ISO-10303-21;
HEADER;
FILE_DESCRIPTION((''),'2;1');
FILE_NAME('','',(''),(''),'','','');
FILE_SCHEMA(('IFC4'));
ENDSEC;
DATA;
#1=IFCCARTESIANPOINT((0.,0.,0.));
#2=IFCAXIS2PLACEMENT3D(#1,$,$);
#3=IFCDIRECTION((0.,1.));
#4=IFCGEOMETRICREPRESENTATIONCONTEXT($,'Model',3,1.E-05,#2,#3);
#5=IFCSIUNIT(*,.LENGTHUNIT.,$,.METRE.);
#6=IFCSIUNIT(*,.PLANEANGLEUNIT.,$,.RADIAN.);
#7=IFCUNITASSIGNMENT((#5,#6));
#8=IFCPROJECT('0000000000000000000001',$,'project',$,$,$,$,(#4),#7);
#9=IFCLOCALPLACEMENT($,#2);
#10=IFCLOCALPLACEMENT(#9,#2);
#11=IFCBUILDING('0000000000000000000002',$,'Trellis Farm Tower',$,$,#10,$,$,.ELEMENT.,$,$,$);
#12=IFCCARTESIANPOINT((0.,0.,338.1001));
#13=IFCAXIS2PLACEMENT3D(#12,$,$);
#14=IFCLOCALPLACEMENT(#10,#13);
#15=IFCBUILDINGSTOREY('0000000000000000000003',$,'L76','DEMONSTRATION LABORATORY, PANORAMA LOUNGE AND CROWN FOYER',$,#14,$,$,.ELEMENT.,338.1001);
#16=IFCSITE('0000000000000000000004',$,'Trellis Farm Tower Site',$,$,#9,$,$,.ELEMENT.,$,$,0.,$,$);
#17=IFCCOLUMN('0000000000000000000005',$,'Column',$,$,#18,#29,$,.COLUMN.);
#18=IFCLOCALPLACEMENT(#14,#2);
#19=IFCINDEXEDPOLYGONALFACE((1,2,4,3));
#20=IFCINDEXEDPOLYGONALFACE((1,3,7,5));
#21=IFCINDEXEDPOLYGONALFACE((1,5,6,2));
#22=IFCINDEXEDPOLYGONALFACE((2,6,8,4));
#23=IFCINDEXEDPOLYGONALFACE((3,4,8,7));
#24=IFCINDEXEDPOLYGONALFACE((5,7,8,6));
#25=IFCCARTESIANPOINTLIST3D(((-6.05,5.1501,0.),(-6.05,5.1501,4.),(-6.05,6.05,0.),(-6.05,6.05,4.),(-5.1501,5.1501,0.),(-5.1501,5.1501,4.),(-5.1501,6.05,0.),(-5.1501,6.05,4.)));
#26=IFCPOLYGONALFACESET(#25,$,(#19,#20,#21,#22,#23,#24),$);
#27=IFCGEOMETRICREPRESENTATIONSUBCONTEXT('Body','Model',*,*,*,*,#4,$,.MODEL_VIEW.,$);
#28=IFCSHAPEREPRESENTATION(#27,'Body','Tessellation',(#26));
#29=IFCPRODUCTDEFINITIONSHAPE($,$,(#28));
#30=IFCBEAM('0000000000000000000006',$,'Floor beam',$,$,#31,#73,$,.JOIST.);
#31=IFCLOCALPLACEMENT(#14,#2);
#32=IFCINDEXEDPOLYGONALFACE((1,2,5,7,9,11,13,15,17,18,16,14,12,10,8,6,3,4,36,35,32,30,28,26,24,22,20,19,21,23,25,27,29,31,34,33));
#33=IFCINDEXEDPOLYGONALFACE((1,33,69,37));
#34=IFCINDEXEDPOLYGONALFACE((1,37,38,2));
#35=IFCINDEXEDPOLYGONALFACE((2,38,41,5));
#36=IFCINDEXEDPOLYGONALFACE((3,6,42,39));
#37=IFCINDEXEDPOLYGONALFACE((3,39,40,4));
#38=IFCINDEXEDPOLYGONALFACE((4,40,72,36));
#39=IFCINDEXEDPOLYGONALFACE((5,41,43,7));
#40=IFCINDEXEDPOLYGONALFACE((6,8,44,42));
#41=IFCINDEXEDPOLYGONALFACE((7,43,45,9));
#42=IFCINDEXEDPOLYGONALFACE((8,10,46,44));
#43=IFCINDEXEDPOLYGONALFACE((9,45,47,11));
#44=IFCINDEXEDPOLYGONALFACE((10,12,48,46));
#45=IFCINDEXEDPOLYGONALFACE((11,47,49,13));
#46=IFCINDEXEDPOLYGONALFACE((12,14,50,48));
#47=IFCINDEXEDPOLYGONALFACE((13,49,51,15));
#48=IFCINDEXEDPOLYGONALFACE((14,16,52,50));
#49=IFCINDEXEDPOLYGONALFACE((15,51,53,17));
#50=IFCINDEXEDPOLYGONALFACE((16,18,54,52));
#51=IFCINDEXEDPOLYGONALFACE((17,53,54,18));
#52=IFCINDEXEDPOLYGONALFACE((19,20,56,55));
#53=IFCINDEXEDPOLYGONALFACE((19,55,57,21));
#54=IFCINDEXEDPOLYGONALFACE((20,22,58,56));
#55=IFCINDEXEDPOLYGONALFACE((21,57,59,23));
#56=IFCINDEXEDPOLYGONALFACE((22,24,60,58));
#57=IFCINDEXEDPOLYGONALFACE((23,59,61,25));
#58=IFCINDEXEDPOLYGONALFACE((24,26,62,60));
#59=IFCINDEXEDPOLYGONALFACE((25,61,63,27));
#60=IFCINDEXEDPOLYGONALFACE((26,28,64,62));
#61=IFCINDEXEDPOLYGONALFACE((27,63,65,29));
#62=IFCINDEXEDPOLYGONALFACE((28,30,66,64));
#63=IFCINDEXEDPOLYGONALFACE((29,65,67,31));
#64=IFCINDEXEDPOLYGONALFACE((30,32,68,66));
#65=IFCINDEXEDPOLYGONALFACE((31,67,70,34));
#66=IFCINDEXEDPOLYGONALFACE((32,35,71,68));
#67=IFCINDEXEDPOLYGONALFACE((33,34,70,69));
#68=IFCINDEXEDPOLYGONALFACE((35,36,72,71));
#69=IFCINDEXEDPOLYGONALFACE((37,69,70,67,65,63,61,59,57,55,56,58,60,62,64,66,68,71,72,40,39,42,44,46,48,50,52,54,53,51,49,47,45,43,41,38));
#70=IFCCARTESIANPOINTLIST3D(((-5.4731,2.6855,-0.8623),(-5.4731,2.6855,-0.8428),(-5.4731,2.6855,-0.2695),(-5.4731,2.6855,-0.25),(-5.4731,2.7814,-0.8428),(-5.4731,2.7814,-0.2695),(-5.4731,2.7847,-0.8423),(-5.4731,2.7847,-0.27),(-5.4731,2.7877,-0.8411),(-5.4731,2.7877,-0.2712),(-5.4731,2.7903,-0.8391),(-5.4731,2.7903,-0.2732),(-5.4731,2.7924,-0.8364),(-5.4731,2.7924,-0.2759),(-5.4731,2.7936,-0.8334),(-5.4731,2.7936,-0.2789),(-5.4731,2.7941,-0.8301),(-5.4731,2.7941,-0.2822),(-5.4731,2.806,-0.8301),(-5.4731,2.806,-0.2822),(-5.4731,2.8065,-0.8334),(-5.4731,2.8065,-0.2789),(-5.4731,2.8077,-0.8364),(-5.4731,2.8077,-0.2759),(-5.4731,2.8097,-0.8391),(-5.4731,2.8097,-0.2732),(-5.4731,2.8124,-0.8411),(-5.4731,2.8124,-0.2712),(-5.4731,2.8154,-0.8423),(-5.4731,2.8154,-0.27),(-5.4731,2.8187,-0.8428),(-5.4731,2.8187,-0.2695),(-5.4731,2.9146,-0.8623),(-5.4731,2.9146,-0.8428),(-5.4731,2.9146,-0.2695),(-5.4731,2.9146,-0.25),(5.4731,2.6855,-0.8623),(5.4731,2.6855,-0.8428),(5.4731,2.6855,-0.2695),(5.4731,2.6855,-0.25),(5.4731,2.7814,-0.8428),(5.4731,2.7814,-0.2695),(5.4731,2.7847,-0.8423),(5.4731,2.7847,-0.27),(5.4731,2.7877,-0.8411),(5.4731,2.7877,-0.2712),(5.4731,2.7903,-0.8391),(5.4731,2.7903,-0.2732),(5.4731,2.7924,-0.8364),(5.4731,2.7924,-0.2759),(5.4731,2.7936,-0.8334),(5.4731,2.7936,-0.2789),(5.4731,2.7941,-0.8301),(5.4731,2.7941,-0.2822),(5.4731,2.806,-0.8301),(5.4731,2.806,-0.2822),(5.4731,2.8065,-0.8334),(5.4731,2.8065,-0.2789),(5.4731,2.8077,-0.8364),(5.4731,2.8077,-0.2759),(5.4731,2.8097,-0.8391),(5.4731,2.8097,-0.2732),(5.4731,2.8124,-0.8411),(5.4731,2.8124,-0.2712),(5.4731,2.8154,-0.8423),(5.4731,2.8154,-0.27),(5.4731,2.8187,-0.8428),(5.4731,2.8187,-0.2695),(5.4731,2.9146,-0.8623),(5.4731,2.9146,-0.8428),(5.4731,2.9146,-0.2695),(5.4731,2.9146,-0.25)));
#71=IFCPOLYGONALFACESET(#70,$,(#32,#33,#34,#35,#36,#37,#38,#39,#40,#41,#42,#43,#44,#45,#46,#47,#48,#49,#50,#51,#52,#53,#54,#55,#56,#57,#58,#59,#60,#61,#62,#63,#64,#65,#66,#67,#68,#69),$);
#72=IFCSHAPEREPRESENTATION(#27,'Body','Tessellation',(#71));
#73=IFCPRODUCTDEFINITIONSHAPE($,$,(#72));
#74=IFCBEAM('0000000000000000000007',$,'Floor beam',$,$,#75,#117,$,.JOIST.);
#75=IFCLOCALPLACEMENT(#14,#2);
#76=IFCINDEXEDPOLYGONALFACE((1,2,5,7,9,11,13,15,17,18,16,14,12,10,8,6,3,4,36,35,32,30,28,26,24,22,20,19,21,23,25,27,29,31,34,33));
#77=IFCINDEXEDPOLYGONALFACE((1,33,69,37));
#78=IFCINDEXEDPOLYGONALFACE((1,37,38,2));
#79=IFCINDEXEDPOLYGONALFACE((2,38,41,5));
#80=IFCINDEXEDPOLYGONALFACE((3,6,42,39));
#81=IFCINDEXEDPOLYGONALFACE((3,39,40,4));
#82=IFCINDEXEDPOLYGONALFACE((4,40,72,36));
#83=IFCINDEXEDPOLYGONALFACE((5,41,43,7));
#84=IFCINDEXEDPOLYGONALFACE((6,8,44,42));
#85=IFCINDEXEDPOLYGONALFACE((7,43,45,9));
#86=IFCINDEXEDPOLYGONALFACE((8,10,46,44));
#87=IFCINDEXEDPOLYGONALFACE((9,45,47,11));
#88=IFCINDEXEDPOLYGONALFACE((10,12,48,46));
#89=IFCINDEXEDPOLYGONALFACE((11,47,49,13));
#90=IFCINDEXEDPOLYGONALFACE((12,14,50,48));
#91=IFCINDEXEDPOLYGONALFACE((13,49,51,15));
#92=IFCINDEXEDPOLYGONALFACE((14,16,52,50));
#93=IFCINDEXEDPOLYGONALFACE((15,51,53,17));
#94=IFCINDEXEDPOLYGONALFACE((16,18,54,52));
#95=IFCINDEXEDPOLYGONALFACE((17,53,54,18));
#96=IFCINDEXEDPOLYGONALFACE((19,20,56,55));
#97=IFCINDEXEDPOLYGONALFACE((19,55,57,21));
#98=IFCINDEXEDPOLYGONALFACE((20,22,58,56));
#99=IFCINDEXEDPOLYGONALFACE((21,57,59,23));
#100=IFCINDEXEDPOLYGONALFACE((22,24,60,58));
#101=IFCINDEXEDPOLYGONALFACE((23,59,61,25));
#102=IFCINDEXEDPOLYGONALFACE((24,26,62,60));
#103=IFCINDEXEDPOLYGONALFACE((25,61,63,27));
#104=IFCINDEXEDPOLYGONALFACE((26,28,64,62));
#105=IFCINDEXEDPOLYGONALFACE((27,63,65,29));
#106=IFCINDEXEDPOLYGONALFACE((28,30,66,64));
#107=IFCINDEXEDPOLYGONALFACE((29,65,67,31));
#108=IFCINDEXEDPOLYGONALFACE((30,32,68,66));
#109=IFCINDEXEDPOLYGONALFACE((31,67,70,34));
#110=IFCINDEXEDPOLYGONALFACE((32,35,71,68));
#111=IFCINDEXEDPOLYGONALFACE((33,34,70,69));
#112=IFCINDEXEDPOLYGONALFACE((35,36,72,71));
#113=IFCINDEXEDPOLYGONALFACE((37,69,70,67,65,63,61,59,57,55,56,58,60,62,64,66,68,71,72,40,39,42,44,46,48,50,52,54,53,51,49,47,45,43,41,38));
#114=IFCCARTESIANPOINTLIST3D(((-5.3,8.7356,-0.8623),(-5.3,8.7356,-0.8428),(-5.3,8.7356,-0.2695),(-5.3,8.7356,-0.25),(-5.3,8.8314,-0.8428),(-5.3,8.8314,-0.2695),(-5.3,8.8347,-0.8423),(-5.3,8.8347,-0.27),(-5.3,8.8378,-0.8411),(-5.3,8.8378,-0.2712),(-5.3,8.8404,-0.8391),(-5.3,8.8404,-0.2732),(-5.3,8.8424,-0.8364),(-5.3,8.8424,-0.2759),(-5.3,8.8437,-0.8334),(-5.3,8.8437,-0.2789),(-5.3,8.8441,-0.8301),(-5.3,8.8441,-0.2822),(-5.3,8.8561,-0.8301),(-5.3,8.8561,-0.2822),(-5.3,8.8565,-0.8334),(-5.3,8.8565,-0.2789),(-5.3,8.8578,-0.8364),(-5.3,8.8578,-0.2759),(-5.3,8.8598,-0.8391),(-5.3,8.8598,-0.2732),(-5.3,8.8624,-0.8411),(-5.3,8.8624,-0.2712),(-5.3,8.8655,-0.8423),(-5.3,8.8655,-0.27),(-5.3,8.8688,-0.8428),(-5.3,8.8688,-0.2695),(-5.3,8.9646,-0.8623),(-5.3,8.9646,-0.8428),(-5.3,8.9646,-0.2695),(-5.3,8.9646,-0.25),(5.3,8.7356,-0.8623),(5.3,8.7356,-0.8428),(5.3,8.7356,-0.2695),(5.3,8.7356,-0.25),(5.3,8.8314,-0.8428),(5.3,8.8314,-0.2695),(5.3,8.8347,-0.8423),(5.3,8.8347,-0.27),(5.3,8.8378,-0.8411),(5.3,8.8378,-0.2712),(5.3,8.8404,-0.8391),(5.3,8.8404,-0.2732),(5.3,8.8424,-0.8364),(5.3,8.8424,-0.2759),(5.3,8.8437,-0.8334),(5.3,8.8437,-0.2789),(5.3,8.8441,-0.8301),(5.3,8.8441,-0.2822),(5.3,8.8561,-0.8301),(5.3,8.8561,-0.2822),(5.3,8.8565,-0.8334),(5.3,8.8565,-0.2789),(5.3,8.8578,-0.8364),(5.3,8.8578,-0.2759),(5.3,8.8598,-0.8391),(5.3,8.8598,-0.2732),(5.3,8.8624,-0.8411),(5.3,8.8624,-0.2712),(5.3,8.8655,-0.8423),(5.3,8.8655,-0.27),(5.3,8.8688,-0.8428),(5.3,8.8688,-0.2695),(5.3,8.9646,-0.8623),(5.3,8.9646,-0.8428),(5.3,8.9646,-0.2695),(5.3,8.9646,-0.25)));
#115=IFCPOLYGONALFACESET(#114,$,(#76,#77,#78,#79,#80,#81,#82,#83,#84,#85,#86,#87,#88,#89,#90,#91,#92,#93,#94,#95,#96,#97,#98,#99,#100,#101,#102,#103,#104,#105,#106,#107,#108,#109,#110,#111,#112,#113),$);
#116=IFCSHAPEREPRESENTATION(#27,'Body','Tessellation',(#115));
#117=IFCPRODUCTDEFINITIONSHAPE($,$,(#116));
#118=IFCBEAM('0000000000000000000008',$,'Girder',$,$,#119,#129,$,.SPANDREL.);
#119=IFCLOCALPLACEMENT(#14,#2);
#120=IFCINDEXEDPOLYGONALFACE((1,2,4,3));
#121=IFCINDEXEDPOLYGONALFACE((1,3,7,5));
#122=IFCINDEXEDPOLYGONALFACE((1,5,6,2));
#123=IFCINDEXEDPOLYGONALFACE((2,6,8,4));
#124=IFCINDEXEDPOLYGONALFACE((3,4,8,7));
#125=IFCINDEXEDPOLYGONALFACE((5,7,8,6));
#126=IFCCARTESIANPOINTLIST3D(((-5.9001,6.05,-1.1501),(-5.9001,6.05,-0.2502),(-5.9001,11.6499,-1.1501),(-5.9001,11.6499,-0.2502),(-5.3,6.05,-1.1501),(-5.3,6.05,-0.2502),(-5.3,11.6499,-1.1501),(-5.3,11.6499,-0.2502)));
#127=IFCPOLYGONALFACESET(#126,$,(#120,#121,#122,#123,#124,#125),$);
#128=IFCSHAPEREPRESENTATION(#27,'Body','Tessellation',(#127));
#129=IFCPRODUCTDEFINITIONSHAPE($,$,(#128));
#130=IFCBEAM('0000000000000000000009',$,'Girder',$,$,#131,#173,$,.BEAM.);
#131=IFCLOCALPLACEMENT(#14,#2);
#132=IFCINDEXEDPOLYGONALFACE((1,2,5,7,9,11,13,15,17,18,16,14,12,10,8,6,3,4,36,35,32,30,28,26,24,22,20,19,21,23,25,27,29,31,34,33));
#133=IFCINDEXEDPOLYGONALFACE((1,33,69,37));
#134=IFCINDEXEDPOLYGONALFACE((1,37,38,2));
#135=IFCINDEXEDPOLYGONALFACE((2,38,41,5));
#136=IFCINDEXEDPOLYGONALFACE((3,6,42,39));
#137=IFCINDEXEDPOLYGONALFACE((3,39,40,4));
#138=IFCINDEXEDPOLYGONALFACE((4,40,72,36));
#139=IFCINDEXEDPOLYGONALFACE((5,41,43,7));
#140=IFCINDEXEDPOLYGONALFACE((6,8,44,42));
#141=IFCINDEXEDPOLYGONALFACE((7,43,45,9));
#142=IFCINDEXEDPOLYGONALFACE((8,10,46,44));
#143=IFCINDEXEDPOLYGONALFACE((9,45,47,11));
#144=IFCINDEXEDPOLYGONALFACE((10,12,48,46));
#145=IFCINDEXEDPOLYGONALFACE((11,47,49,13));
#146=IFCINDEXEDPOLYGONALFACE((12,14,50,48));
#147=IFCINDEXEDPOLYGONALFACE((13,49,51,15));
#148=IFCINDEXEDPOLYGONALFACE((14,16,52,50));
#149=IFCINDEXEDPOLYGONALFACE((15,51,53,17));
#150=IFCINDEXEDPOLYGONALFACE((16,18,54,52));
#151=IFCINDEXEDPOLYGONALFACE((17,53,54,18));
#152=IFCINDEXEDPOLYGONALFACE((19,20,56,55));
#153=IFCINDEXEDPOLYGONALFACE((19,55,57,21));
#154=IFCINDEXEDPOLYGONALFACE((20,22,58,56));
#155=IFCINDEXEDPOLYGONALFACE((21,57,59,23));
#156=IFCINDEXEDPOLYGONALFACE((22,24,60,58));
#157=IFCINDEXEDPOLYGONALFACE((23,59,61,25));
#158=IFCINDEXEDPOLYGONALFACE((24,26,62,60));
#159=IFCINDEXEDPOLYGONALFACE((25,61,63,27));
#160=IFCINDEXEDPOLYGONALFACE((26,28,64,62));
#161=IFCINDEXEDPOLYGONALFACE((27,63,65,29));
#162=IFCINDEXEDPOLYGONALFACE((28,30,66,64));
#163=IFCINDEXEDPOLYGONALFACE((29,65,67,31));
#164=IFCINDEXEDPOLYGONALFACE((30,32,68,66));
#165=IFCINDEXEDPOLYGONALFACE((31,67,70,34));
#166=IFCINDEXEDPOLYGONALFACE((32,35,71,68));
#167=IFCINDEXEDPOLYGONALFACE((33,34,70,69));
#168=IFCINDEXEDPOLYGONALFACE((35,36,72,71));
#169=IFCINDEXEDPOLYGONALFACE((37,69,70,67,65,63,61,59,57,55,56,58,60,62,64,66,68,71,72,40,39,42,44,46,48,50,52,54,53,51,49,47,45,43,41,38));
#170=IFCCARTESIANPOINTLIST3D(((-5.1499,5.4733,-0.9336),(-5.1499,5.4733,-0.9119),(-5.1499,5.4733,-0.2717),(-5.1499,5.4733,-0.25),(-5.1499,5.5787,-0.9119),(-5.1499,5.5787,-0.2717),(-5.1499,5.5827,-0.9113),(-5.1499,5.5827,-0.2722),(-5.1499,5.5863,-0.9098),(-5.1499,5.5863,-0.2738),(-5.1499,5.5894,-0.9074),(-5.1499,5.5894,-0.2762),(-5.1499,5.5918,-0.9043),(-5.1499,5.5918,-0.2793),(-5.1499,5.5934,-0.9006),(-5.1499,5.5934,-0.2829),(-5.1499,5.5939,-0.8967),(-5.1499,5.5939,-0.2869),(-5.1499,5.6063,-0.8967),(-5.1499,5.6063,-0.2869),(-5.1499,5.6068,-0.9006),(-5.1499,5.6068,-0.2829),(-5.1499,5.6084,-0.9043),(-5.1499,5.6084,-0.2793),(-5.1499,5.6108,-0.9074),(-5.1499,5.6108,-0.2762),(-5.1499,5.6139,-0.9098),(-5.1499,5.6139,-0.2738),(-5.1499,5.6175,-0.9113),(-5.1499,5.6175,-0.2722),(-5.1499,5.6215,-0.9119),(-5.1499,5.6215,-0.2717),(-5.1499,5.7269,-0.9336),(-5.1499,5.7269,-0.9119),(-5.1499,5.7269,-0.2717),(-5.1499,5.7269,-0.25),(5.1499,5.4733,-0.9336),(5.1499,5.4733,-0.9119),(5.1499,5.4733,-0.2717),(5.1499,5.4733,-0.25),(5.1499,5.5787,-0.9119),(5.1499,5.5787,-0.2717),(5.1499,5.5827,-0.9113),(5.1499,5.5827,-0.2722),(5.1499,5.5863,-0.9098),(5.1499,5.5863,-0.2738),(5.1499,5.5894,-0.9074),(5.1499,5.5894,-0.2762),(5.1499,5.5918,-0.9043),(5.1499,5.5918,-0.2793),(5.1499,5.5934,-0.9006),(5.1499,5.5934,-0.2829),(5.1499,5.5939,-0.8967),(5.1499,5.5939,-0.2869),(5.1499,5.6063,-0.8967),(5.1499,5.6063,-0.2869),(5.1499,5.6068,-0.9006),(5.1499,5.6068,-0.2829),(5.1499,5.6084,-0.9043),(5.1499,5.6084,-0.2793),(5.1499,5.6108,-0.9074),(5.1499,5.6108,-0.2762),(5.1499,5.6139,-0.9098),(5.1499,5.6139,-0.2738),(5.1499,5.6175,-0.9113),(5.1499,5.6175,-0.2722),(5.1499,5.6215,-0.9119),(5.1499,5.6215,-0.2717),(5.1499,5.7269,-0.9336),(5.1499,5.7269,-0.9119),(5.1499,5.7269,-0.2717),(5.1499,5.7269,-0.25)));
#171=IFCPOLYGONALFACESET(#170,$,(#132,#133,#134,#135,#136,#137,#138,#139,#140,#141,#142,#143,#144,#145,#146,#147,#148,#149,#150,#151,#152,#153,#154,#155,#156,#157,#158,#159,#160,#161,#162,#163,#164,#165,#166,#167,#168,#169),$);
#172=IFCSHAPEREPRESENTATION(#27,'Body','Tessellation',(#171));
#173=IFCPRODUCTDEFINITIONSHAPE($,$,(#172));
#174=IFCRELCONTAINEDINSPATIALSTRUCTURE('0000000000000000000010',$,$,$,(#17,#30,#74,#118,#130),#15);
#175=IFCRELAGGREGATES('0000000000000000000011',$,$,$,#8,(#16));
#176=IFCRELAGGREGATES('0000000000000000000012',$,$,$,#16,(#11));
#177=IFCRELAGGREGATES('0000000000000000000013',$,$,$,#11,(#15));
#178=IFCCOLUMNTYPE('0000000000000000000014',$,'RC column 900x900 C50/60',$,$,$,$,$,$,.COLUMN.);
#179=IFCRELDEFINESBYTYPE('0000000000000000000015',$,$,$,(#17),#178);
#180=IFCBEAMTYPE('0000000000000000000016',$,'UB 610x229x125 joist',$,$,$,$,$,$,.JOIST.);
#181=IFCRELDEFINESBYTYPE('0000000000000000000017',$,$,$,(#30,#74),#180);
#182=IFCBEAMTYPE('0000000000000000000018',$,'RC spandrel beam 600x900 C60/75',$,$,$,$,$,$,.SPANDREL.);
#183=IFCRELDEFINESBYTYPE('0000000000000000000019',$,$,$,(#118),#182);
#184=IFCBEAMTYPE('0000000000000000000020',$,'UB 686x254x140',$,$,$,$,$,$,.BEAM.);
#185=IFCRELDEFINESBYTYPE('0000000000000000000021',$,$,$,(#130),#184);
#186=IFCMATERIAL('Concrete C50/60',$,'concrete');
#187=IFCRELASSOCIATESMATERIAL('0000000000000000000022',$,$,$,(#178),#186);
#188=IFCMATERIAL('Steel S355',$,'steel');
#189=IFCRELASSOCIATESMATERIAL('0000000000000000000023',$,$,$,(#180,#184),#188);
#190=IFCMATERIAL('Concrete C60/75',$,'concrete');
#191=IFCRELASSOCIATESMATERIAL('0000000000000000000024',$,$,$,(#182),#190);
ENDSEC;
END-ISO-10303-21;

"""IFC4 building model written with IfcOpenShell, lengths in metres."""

from ifc_helpers import new_model, si_unit, direction, frame, origin, origin_2d, place, context, subcontext, project, spatial, rectangle, i_section, extrude, source, transform, mapped, material, material_profile, profile_set, type_object, element, save


model = new_model("IFC4")

# Units and contexts
model_context = context("Model", 3, precision=1e-05, world=origin(), true_north=direction((0.0, 1.0)))
body_context = subcontext(model_context, "Body", "Model", "MODEL_VIEW")
ifc_project = project(units=[si_unit("LENGTHUNIT", "METRE"), si_unit("PLANEANGLEUNIT", "RADIAN")], contexts=[model_context])

# Site, building, storey
site_placement = place(None, origin())
site = spatial("IfcSite", under=ifc_project, at=site_placement, Name="Trellis Farm Tower Site", CompositionType="ELEMENT", RefElevation=0.0)
building_placement = place(site_placement, origin())
building = spatial("IfcBuilding", under=site, at=building_placement, Name="Trellis Farm Tower", CompositionType="ELEMENT")
storey_placement = place(building_placement, frame((0.0, 0.0, 338.1001)))
storey = spatial("IfcBuildingStorey", under=building, at=storey_placement, Name="L76", Description="DEMONSTRATION LABORATORY, PANORAMA LOUNGE AND CROWN FOYER", CompositionType="ELEMENT", Elevation=338.1001)

# Column
ifc_material_1 = material(Name="Concrete C50/60", Category="concrete")
ifc_material_profile_1 = material_profile(ifc_material_1, rectangle(XDim=0.8999, YDim=0.8999, at=origin_2d()), Name="RC column 900x900 C50/60")
ifc_profile_set_1 = profile_set([ifc_material_profile_1], Name="Concrete C50/60")
column_type = type_object("IfcColumnType", Name="RC column 900x900 C50/60", PredefinedType="COLUMN", material=ifc_profile_set_1)
shared_shape_1 = source(origin(), body_context, "Body", "SweptSolid", [
    extrude(rectangle(XDim=0.8999, YDim=0.8999, at=origin_2d()), origin(), (0.0, 0.0, 1.0), 4.0),
])
column_placement = place(storey_placement, frame((-5.6001, 5.6001, 0.0), z_axis=(0.0, 0.0, 1.0), x_axis=(1.0, 0.0, 0.0)))
element("IfcColumn", 1, at=column_placement, inside=storey, type_object=column_type, Name="Column", PredefinedType="COLUMN", context=body_context, shape_type="MappedRepresentation", body=[
    mapped(shared_shape_1, transform((0.0, 0.0, 0.0))),
])

# Beams
ifc_material_2 = material(Name="Steel S355", Category="steel")
ifc_material_profile_2 = material_profile(ifc_material_2, i_section(OverallWidth=0.229, OverallDepth=0.6123, WebThickness=0.012, FlangeThickness=0.0195, FilletRadius=0.0127, at=origin_2d()), Name="UB 610x229x125")
ifc_profile_set_2 = profile_set([ifc_material_profile_2], Name="Steel S355")
beam_type_1 = type_object("IfcBeamType", Name="UB 610x229x125 joist", PredefinedType="JOIST", material=ifc_profile_set_2)
shared_shape_2 = source(origin(), body_context, "Body", "SweptSolid", [
    extrude(i_section(OverallWidth=0.229, OverallDepth=0.6123, WebThickness=0.012, FlangeThickness=0.0195, FilletRadius=0.0127, at=origin_2d()), origin(), (0.0, 0.0, 1.0), 10.9463),
])
beam_1_placement = place(storey_placement, frame((-5.4731, 2.8, -0.5562), z_axis=(1.0, 0.0, 0.0), x_axis=(0.0, 1.0, 0.0)))
element("IfcBeam", 2, at=beam_1_placement, inside=storey, type_object=beam_type_1, Name="Floor beam", PredefinedType="JOIST", context=body_context, shape_type="MappedRepresentation", body=[
    mapped(shared_shape_2, transform((0.0, 0.0, 0.0))),
])
shared_shape_3 = source(origin(), body_context, "Body", "SweptSolid", [
    extrude(i_section(OverallWidth=0.229, OverallDepth=0.6123, WebThickness=0.012, FlangeThickness=0.0195, FilletRadius=0.0127, at=origin_2d()), origin(), (0.0, 0.0, 1.0), 10.6001),
])
beam_2_placement = place(storey_placement, frame((-5.3, 8.8501, -0.5562), z_axis=(1.0, 0.0, 0.0), x_axis=(0.0, 1.0, 0.0)))
element("IfcBeam", 3, at=beam_2_placement, inside=storey, type_object=beam_type_1, Name="Floor beam", PredefinedType="JOIST", context=body_context, shape_type="MappedRepresentation", body=[
    mapped(shared_shape_3, transform((0.0, 0.0, 0.0))),
])
ifc_material_3 = material(Name="Concrete C60/75", Category="concrete")
ifc_material_profile_3 = material_profile(ifc_material_3, rectangle(XDim=0.6001, YDim=0.8999, at=origin_2d()), Name="RC spandrel beam 600x900 C60/75")
ifc_profile_set_3 = profile_set([ifc_material_profile_3], Name="Concrete C60/75")
beam_type_2 = type_object("IfcBeamType", Name="RC spandrel beam 600x900 C60/75", PredefinedType="SPANDREL", material=ifc_profile_set_3)
shared_shape_4 = source(origin(), body_context, "Body", "SweptSolid", [
    extrude(rectangle(XDim=0.6001, YDim=0.8999, at=origin_2d()), origin(), (0.0, 0.0, 1.0), 5.5999),
])
beam_3_placement = place(storey_placement, frame((-5.6001, 6.05, -0.7002), z_axis=(0.0, 1.0, 0.0), x_axis=(-1.0, 0.0, 0.0)))
element("IfcBeam", 4, at=beam_3_placement, inside=storey, type_object=beam_type_2, Name="Girder", PredefinedType="SPANDREL", context=body_context, shape_type="MappedRepresentation", body=[
    mapped(shared_shape_4, transform((0.0, 0.0, 0.0))),
])
ifc_material_profile_4 = material_profile(ifc_material_2, i_section(OverallWidth=0.2537, OverallDepth=0.6836, WebThickness=0.0125, FlangeThickness=0.0217, FilletRadius=0.0151, at=origin_2d()), Name="UB 686x254x140")
ifc_profile_set_4 = profile_set([ifc_material_profile_4], Name="Steel S355")
beam_type_3 = type_object("IfcBeamType", Name="UB 686x254x140", PredefinedType="BEAM", material=ifc_profile_set_4)
shared_shape_5 = source(origin(), body_context, "Body", "SweptSolid", [
    extrude(i_section(OverallWidth=0.2537, OverallDepth=0.6836, WebThickness=0.0125, FlangeThickness=0.0217, FilletRadius=0.0151, at=origin_2d()), origin(), (0.0, 0.0, 1.0), 10.2998),
])
beam_4_placement = place(storey_placement, frame((-5.1499, 5.6001, -0.5918), z_axis=(1.0, 0.0, 0.0), x_axis=(0.0, 1.0, 0.0)))
element("IfcBeam", 5, at=beam_4_placement, inside=storey, type_object=beam_type_3, Name="Girder", PredefinedType="BEAM", context=body_context, shape_type="MappedRepresentation", body=[
    mapped(shared_shape_5, transform((0.0, 0.0, 0.0))),
])

save(model, "model.ifc")
